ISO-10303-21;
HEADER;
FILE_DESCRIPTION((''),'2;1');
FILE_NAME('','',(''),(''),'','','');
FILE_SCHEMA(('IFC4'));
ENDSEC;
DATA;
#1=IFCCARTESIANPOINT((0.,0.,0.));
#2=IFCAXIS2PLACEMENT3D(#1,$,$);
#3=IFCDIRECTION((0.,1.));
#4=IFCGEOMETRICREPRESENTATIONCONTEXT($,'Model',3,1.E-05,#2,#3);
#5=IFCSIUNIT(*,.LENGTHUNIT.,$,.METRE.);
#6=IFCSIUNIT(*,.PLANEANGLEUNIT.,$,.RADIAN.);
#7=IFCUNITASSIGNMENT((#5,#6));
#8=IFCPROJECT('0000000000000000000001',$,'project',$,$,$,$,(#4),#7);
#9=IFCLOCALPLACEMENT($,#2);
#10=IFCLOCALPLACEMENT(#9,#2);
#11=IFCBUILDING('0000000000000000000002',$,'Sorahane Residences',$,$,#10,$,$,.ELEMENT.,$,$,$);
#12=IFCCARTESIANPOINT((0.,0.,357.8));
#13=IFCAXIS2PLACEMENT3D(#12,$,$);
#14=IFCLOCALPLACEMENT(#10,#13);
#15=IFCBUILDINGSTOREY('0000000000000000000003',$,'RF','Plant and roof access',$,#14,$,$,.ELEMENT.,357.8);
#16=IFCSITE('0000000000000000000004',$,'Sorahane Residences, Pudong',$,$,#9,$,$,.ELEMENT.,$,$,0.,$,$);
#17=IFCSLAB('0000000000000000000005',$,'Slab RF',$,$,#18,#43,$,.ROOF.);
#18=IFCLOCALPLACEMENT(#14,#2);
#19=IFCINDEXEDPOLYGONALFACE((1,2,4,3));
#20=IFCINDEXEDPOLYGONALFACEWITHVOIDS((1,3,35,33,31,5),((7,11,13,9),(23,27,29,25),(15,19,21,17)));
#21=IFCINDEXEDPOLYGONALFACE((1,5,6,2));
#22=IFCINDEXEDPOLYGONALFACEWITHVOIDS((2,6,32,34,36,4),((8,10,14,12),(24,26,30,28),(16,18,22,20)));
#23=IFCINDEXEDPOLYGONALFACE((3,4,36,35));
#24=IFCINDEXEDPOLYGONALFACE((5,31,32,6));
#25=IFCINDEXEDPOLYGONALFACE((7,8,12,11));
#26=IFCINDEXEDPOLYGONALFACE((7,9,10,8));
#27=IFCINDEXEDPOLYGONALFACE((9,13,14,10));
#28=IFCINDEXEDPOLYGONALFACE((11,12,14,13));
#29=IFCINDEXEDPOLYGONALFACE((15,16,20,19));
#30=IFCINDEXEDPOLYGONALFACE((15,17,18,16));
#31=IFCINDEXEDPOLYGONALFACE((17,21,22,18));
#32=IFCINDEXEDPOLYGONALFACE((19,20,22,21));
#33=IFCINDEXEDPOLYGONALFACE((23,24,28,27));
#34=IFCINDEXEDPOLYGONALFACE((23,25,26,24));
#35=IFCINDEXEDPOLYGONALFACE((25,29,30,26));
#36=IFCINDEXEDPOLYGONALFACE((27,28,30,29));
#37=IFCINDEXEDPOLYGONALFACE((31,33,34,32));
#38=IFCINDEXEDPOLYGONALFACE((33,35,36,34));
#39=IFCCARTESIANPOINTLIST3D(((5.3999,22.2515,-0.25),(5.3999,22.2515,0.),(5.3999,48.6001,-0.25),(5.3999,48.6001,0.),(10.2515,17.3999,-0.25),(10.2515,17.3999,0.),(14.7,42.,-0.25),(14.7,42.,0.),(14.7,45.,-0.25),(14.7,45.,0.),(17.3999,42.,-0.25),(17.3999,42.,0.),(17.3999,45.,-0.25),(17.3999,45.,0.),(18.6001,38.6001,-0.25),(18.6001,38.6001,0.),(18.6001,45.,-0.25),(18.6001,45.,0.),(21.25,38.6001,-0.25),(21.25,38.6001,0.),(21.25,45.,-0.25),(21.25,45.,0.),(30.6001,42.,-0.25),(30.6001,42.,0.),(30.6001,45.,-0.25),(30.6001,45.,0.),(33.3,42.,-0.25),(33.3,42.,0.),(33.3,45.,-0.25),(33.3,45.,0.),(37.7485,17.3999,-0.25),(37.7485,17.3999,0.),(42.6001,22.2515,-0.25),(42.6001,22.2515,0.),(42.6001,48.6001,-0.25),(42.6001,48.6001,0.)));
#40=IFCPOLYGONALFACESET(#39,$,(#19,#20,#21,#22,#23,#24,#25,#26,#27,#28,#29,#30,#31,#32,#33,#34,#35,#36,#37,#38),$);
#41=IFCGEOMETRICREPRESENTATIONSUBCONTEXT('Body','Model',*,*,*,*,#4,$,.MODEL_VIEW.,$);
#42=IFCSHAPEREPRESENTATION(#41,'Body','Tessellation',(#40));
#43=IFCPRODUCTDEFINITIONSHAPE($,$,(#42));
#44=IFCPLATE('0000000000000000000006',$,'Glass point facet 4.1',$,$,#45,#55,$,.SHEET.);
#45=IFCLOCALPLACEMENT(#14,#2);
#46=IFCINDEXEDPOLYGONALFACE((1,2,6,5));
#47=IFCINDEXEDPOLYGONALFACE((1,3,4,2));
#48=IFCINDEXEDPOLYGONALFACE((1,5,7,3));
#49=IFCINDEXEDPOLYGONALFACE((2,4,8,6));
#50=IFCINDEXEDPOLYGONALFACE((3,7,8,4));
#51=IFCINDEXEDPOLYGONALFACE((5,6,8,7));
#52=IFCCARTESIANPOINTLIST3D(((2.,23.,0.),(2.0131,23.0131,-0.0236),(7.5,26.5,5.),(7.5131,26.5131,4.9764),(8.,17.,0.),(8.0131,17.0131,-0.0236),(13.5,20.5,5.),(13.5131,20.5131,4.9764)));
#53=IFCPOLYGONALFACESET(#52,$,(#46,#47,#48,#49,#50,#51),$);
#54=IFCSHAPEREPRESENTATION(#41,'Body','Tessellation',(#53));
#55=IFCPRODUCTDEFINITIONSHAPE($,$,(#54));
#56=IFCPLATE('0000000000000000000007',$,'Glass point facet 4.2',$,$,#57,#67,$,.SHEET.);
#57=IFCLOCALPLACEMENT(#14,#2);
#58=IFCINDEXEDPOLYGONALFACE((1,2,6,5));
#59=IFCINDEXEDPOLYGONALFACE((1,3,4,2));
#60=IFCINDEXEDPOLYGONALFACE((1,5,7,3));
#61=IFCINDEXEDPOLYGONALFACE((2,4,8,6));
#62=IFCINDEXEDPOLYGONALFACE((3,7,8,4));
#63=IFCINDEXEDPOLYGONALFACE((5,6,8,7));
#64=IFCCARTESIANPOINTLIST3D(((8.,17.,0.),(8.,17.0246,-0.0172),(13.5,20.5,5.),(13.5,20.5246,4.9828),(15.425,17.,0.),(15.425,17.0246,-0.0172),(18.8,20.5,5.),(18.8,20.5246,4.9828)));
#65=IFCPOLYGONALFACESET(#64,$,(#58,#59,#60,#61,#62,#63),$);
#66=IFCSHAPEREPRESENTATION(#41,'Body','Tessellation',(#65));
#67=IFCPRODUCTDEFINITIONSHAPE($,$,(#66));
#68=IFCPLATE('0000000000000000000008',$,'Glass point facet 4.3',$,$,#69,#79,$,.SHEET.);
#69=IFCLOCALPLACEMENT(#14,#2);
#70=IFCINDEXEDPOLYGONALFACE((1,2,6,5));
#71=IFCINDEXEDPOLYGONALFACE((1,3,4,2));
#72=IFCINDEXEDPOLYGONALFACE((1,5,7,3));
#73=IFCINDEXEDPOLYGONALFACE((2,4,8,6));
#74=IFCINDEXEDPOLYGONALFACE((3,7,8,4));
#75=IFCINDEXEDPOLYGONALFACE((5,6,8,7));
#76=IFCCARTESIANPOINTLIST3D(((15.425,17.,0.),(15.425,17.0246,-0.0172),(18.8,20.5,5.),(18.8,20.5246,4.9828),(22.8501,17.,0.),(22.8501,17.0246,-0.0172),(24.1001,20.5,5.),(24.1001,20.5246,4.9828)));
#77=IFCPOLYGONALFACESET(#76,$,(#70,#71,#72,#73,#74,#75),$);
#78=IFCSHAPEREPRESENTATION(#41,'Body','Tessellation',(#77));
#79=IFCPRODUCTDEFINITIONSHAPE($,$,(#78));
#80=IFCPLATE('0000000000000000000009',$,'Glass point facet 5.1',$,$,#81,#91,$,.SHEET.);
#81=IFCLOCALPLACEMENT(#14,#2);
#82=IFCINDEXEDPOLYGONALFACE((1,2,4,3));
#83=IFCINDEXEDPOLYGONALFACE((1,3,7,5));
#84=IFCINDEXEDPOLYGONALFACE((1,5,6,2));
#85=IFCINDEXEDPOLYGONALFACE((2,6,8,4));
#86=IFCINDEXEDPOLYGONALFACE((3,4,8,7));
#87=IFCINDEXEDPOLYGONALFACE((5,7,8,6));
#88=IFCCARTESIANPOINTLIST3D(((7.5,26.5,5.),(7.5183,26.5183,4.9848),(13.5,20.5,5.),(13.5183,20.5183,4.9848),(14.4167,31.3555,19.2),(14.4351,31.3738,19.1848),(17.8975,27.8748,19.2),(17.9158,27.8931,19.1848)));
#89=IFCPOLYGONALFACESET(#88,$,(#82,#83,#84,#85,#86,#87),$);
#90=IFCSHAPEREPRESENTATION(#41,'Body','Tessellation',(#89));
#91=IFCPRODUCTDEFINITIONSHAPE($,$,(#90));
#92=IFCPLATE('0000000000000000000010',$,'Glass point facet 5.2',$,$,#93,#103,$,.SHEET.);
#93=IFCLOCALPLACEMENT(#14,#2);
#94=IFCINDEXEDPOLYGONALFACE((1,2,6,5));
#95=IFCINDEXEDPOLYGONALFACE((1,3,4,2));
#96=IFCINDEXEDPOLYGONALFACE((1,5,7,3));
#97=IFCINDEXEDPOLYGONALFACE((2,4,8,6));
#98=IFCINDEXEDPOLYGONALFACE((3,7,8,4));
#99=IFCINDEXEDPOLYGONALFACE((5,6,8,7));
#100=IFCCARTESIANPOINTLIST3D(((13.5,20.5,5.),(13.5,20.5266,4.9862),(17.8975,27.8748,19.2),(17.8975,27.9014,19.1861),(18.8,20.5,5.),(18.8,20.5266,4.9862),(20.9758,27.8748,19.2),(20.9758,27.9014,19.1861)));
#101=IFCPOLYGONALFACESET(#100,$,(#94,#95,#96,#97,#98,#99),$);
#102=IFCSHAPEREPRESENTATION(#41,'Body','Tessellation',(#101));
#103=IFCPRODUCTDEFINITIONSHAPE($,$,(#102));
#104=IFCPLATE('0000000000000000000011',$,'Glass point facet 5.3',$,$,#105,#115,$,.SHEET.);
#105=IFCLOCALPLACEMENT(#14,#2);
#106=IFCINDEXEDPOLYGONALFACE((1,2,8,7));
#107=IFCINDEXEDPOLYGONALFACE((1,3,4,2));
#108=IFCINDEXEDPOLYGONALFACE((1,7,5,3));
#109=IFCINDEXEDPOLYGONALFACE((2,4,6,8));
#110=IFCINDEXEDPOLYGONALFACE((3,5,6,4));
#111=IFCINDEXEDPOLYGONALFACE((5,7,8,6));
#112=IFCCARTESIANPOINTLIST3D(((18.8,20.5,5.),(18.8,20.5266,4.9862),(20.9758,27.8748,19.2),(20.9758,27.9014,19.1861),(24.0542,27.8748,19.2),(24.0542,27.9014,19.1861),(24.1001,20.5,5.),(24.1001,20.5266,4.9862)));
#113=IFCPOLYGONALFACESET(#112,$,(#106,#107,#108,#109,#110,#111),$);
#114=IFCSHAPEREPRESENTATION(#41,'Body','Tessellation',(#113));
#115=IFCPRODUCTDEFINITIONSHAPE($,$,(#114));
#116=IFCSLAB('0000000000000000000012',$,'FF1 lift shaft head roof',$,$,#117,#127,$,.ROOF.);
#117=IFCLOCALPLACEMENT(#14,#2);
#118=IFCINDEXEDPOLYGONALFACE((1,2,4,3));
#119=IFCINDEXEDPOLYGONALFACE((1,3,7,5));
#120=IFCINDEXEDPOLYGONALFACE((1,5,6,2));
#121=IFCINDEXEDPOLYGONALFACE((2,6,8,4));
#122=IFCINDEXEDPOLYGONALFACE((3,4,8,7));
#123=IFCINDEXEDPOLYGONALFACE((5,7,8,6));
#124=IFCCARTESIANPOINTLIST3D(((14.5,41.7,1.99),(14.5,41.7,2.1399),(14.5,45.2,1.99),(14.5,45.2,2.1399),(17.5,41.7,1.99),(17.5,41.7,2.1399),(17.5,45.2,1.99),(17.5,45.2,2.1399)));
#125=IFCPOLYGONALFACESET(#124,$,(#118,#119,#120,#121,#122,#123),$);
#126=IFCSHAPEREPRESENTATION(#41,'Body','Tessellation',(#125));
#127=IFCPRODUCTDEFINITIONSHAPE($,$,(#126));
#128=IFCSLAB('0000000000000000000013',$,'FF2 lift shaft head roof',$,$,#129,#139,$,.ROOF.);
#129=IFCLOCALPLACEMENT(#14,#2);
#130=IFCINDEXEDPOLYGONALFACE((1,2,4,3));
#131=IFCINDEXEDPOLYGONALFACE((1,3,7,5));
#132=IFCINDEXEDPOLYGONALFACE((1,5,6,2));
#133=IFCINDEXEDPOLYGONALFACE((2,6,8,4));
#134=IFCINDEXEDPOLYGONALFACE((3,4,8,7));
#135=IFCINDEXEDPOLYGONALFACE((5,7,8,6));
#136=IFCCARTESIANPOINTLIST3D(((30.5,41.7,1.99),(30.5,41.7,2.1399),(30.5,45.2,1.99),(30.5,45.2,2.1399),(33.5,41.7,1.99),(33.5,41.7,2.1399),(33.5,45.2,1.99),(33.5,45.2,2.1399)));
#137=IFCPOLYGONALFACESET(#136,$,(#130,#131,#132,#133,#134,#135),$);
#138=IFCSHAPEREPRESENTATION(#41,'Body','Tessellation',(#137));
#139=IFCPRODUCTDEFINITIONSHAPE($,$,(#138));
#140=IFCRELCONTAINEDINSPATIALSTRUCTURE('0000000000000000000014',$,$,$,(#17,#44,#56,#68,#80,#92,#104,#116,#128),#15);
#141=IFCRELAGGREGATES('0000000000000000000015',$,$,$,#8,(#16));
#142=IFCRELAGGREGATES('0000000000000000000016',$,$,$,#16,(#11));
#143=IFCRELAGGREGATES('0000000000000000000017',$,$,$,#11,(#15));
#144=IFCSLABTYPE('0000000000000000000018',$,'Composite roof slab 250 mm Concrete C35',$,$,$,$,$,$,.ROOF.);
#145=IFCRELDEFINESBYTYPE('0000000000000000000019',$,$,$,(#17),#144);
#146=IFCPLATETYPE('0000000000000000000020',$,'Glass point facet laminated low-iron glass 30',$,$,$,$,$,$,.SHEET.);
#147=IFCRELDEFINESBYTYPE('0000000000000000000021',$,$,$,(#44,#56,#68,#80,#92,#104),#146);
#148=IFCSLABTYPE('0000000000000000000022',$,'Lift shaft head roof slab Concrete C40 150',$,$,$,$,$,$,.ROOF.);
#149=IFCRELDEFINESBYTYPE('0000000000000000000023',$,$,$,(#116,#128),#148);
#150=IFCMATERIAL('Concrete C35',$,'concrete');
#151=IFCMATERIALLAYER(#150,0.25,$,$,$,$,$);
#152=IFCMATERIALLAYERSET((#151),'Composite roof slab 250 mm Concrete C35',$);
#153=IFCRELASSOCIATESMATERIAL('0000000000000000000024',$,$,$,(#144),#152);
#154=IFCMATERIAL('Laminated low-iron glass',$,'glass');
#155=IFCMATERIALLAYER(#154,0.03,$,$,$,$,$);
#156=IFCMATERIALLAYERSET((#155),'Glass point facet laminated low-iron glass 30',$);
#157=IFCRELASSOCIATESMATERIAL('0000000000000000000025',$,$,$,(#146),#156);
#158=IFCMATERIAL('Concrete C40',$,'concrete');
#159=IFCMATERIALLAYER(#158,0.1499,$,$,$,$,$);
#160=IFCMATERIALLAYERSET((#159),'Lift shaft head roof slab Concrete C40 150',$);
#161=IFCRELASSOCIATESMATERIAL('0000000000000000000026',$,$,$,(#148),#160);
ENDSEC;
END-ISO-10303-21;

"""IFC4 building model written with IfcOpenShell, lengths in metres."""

from ifc_helpers import new_model, si_unit, direction, frame, origin, place, context, subcontext, project, spatial, polyline, outline, extrude, material, layer, layer_set, type_object, element, save


model = new_model("IFC4")

# Units and contexts
model_context = context("Model", 3, precision=1e-05, world=origin(), true_north=direction((0.0, 1.0)))
body_context = subcontext(model_context, "Body", "Model", "MODEL_VIEW")
ifc_project = project(units=[si_unit("LENGTHUNIT", "METRE"), si_unit("PLANEANGLEUNIT", "RADIAN")], contexts=[model_context])

# Site, building, storey
site_placement = place(None, origin())
site = spatial("IfcSite", under=ifc_project, at=site_placement, Name="Sorahane Residences, Pudong", CompositionType="ELEMENT", RefElevation=0.0)
building_placement = place(site_placement, origin())
building = spatial("IfcBuilding", under=site, at=building_placement, Name="Sorahane Residences", CompositionType="ELEMENT")
storey_placement = place(building_placement, frame((0.0, 0.0, 357.8)))
storey = spatial("IfcBuildingStorey", under=building, at=storey_placement, Name="RF", Description="Plant and roof access", CompositionType="ELEMENT", Elevation=357.8)

# Slab
ifc_material_1 = material(Name="Concrete C35", Category="concrete")
ifc_layer_1 = layer(ifc_material_1, 0.25)
ifc_layer_set_1 = layer_set([ifc_layer_1], Name="Composite roof slab 250 mm Concrete C35")
slab_type_1 = type_object("IfcSlabType", Name="Composite roof slab 250 mm Concrete C35", PredefinedType="ROOF", material=ifc_layer_set_1)
slab_1_placement = place(storey_placement, frame((0.0, 0.0, -0.25)))
element("IfcSlab", 1, at=slab_1_placement, inside=storey, type_object=slab_type_1, Name="Slab RF", PredefinedType="ROOF", context=body_context, shape_type="SweptSolid", body=[
    extrude(outline(polyline([(10.2515, 17.3999), (5.3999, 22.2515), (5.3999, 48.6001), (42.6001, 48.6001), (42.6001, 22.2515), (37.7485, 17.3999), (10.2515, 17.3999)]), holes=[polyline([(30.6001, 42.0), (33.3, 42.0), (33.3, 45.0), (30.6001, 45.0), (30.6001, 42.0)]), polyline([(14.7, 42.0), (17.3999, 42.0), (17.3999, 45.0), (14.7, 45.0), (14.7, 42.0)]), polyline([(21.25, 38.6001), (21.25, 45.0), (18.6001, 45.0), (18.6001, 38.6001), (21.25, 38.6001)])]), origin(), (0.0, 0.0, 1.0), 0.25),
])

# Plates
ifc_material_2 = material(Name="Laminated low-iron glass", Category="glass")
ifc_layer_2 = layer(ifc_material_2, 0.03)
ifc_layer_set_2 = layer_set([ifc_layer_2], Name="Glass point facet laminated low-iron glass 30")
plate_type = type_object("IfcPlateType", Name="Glass point facet laminated low-iron glass 30", PredefinedType="SHEET", material=ifc_layer_set_2)
plate_1_placement = place(storey_placement, frame((2.0, 23.0, 0.0), z_axis=(-0.436852, -0.436852, 0.786334), x_axis=(0.707107, -0.707107, 0.0)))
element("IfcPlate", 2, at=plate_1_placement, inside=storey, type_object=plate_type, Name="Glass point facet 4.1", PredefinedType="SHEET", context=body_context, shape_type="SweptSolid", body=[
    extrude(outline(polyline([(0.0, 0.0), (8.4853, 0.0), (9.8995, 8.0932), (1.4142, 8.0932), (0.0, 0.0)])), origin(), (0.0, 0.0, -1.0), 0.03),
])
plate_2_placement = place(storey_placement, frame((8.0, 17.0, 0.0), z_axis=(0.0, -0.819232, 0.573462), x_axis=(1.0, 0.0, 0.0)))
element("IfcPlate", 3, at=plate_2_placement, inside=storey, type_object=plate_type, Name="Glass point facet 4.2", PredefinedType="SHEET", context=body_context, shape_type="SweptSolid", body=[
    extrude(outline(polyline([(0.0, 0.0), (7.425, 0.0), (10.8, 6.1033), (5.5, 6.1033), (0.0, 0.0)])), origin(), (0.0, 0.0, -1.0), 0.03),
])
plate_3_placement = place(storey_placement, frame((15.425, 17.0, 0.0), z_axis=(0.0, -0.819232, 0.573462), x_axis=(1.0, 0.0, 0.0)))
element("IfcPlate", 4, at=plate_3_placement, inside=storey, type_object=plate_type, Name="Glass point facet 4.3", PredefinedType="SHEET", context=body_context, shape_type="SweptSolid", body=[
    extrude(outline(polyline([(0.0, 0.0), (7.425, 0.0), (8.675, 6.1033), (3.375, 6.1033), (0.0, 0.0)])), origin(), (0.0, 0.0, -1.0), 0.03),
])
plate_4_placement = place(storey_placement, frame((7.5, 26.5, 5.0), z_axis=(-0.610018, -0.610018, 0.505724), x_axis=(0.707107, -0.707107, 0.0)))
element("IfcPlate", 5, at=plate_4_placement, inside=storey, type_object=plate_type, Name="Glass point facet 5.1", PredefinedType="SHEET", context=body_context, shape_type="SweptSolid", body=[
    extrude(outline(polyline([(0.0, 0.0), (8.4853, 0.0), (6.38, 16.46), (1.4575, 16.46), (0.0, 0.0)])), origin(), (0.0, 0.0, -1.0), 0.03),
])
plate_5_placement = place(storey_placement, frame((13.5, 20.5, 5.0), z_axis=(0.0, -0.887453, 0.460899), x_axis=(1.0, 0.0, 0.0)))
element("IfcPlate", 6, at=plate_5_placement, inside=storey, type_object=plate_type, Name="Glass point facet 5.2", PredefinedType="SHEET", context=body_context, shape_type="SweptSolid", body=[
    extrude(outline(polyline([(0.0, 0.0), (5.3, 0.0), (7.4758, 16.0008), (4.3975, 16.0008), (0.0, 0.0)])), origin(), (0.0, 0.0, -1.0), 0.03),
])
plate_6_placement = place(storey_placement, frame((18.8, 20.5, 5.0), z_axis=(0.0, -0.887453, 0.460899), x_axis=(1.0, 0.0, 0.0)))
element("IfcPlate", 7, at=plate_6_placement, inside=storey, type_object=plate_type, Name="Glass point facet 5.3", PredefinedType="SHEET", context=body_context, shape_type="SweptSolid", body=[
    extrude(outline(polyline([(0.0, 0.0), (5.3, 0.0), (5.2542, 16.0008), (2.1758, 16.0008), (0.0, 0.0)])), origin(), (0.0, 0.0, -1.0), 0.03),
])

# Slabs
ifc_material_3 = material(Name="Concrete C40", Category="concrete")
ifc_layer_3 = layer(ifc_material_3, 0.1499)
ifc_layer_set_3 = layer_set([ifc_layer_3], Name="Lift shaft head roof slab Concrete C40 150")
slab_type_2 = type_object("IfcSlabType", Name="Lift shaft head roof slab Concrete C40 150", PredefinedType="ROOF", material=ifc_layer_set_3)
slab_2_placement = place(storey_placement, frame((0.0, 0.0, 1.99)))
element("IfcSlab", 8, at=slab_2_placement, inside=storey, type_object=slab_type_2, Name="FF1 lift shaft head roof", PredefinedType="ROOF", context=body_context, shape_type="SweptSolid", body=[
    extrude(outline(polyline([(14.5, 41.7), (17.5, 41.7), (17.5, 45.2), (14.5, 45.2), (14.5, 41.7)])), origin(), (0.0, 0.0, 1.0), 0.1499),
])
slab_3_placement = place(storey_placement, frame((0.0, 0.0, 1.99)))
element("IfcSlab", 9, at=slab_3_placement, inside=storey, type_object=slab_type_2, Name="FF2 lift shaft head roof", PredefinedType="ROOF", context=body_context, shape_type="SweptSolid", body=[
    extrude(outline(polyline([(30.5, 41.7), (33.5, 41.7), (33.5, 45.2), (30.5, 45.2), (30.5, 41.7)])), origin(), (0.0, 0.0, 1.0), 0.1499),
])

save(model, "model.ifc")
